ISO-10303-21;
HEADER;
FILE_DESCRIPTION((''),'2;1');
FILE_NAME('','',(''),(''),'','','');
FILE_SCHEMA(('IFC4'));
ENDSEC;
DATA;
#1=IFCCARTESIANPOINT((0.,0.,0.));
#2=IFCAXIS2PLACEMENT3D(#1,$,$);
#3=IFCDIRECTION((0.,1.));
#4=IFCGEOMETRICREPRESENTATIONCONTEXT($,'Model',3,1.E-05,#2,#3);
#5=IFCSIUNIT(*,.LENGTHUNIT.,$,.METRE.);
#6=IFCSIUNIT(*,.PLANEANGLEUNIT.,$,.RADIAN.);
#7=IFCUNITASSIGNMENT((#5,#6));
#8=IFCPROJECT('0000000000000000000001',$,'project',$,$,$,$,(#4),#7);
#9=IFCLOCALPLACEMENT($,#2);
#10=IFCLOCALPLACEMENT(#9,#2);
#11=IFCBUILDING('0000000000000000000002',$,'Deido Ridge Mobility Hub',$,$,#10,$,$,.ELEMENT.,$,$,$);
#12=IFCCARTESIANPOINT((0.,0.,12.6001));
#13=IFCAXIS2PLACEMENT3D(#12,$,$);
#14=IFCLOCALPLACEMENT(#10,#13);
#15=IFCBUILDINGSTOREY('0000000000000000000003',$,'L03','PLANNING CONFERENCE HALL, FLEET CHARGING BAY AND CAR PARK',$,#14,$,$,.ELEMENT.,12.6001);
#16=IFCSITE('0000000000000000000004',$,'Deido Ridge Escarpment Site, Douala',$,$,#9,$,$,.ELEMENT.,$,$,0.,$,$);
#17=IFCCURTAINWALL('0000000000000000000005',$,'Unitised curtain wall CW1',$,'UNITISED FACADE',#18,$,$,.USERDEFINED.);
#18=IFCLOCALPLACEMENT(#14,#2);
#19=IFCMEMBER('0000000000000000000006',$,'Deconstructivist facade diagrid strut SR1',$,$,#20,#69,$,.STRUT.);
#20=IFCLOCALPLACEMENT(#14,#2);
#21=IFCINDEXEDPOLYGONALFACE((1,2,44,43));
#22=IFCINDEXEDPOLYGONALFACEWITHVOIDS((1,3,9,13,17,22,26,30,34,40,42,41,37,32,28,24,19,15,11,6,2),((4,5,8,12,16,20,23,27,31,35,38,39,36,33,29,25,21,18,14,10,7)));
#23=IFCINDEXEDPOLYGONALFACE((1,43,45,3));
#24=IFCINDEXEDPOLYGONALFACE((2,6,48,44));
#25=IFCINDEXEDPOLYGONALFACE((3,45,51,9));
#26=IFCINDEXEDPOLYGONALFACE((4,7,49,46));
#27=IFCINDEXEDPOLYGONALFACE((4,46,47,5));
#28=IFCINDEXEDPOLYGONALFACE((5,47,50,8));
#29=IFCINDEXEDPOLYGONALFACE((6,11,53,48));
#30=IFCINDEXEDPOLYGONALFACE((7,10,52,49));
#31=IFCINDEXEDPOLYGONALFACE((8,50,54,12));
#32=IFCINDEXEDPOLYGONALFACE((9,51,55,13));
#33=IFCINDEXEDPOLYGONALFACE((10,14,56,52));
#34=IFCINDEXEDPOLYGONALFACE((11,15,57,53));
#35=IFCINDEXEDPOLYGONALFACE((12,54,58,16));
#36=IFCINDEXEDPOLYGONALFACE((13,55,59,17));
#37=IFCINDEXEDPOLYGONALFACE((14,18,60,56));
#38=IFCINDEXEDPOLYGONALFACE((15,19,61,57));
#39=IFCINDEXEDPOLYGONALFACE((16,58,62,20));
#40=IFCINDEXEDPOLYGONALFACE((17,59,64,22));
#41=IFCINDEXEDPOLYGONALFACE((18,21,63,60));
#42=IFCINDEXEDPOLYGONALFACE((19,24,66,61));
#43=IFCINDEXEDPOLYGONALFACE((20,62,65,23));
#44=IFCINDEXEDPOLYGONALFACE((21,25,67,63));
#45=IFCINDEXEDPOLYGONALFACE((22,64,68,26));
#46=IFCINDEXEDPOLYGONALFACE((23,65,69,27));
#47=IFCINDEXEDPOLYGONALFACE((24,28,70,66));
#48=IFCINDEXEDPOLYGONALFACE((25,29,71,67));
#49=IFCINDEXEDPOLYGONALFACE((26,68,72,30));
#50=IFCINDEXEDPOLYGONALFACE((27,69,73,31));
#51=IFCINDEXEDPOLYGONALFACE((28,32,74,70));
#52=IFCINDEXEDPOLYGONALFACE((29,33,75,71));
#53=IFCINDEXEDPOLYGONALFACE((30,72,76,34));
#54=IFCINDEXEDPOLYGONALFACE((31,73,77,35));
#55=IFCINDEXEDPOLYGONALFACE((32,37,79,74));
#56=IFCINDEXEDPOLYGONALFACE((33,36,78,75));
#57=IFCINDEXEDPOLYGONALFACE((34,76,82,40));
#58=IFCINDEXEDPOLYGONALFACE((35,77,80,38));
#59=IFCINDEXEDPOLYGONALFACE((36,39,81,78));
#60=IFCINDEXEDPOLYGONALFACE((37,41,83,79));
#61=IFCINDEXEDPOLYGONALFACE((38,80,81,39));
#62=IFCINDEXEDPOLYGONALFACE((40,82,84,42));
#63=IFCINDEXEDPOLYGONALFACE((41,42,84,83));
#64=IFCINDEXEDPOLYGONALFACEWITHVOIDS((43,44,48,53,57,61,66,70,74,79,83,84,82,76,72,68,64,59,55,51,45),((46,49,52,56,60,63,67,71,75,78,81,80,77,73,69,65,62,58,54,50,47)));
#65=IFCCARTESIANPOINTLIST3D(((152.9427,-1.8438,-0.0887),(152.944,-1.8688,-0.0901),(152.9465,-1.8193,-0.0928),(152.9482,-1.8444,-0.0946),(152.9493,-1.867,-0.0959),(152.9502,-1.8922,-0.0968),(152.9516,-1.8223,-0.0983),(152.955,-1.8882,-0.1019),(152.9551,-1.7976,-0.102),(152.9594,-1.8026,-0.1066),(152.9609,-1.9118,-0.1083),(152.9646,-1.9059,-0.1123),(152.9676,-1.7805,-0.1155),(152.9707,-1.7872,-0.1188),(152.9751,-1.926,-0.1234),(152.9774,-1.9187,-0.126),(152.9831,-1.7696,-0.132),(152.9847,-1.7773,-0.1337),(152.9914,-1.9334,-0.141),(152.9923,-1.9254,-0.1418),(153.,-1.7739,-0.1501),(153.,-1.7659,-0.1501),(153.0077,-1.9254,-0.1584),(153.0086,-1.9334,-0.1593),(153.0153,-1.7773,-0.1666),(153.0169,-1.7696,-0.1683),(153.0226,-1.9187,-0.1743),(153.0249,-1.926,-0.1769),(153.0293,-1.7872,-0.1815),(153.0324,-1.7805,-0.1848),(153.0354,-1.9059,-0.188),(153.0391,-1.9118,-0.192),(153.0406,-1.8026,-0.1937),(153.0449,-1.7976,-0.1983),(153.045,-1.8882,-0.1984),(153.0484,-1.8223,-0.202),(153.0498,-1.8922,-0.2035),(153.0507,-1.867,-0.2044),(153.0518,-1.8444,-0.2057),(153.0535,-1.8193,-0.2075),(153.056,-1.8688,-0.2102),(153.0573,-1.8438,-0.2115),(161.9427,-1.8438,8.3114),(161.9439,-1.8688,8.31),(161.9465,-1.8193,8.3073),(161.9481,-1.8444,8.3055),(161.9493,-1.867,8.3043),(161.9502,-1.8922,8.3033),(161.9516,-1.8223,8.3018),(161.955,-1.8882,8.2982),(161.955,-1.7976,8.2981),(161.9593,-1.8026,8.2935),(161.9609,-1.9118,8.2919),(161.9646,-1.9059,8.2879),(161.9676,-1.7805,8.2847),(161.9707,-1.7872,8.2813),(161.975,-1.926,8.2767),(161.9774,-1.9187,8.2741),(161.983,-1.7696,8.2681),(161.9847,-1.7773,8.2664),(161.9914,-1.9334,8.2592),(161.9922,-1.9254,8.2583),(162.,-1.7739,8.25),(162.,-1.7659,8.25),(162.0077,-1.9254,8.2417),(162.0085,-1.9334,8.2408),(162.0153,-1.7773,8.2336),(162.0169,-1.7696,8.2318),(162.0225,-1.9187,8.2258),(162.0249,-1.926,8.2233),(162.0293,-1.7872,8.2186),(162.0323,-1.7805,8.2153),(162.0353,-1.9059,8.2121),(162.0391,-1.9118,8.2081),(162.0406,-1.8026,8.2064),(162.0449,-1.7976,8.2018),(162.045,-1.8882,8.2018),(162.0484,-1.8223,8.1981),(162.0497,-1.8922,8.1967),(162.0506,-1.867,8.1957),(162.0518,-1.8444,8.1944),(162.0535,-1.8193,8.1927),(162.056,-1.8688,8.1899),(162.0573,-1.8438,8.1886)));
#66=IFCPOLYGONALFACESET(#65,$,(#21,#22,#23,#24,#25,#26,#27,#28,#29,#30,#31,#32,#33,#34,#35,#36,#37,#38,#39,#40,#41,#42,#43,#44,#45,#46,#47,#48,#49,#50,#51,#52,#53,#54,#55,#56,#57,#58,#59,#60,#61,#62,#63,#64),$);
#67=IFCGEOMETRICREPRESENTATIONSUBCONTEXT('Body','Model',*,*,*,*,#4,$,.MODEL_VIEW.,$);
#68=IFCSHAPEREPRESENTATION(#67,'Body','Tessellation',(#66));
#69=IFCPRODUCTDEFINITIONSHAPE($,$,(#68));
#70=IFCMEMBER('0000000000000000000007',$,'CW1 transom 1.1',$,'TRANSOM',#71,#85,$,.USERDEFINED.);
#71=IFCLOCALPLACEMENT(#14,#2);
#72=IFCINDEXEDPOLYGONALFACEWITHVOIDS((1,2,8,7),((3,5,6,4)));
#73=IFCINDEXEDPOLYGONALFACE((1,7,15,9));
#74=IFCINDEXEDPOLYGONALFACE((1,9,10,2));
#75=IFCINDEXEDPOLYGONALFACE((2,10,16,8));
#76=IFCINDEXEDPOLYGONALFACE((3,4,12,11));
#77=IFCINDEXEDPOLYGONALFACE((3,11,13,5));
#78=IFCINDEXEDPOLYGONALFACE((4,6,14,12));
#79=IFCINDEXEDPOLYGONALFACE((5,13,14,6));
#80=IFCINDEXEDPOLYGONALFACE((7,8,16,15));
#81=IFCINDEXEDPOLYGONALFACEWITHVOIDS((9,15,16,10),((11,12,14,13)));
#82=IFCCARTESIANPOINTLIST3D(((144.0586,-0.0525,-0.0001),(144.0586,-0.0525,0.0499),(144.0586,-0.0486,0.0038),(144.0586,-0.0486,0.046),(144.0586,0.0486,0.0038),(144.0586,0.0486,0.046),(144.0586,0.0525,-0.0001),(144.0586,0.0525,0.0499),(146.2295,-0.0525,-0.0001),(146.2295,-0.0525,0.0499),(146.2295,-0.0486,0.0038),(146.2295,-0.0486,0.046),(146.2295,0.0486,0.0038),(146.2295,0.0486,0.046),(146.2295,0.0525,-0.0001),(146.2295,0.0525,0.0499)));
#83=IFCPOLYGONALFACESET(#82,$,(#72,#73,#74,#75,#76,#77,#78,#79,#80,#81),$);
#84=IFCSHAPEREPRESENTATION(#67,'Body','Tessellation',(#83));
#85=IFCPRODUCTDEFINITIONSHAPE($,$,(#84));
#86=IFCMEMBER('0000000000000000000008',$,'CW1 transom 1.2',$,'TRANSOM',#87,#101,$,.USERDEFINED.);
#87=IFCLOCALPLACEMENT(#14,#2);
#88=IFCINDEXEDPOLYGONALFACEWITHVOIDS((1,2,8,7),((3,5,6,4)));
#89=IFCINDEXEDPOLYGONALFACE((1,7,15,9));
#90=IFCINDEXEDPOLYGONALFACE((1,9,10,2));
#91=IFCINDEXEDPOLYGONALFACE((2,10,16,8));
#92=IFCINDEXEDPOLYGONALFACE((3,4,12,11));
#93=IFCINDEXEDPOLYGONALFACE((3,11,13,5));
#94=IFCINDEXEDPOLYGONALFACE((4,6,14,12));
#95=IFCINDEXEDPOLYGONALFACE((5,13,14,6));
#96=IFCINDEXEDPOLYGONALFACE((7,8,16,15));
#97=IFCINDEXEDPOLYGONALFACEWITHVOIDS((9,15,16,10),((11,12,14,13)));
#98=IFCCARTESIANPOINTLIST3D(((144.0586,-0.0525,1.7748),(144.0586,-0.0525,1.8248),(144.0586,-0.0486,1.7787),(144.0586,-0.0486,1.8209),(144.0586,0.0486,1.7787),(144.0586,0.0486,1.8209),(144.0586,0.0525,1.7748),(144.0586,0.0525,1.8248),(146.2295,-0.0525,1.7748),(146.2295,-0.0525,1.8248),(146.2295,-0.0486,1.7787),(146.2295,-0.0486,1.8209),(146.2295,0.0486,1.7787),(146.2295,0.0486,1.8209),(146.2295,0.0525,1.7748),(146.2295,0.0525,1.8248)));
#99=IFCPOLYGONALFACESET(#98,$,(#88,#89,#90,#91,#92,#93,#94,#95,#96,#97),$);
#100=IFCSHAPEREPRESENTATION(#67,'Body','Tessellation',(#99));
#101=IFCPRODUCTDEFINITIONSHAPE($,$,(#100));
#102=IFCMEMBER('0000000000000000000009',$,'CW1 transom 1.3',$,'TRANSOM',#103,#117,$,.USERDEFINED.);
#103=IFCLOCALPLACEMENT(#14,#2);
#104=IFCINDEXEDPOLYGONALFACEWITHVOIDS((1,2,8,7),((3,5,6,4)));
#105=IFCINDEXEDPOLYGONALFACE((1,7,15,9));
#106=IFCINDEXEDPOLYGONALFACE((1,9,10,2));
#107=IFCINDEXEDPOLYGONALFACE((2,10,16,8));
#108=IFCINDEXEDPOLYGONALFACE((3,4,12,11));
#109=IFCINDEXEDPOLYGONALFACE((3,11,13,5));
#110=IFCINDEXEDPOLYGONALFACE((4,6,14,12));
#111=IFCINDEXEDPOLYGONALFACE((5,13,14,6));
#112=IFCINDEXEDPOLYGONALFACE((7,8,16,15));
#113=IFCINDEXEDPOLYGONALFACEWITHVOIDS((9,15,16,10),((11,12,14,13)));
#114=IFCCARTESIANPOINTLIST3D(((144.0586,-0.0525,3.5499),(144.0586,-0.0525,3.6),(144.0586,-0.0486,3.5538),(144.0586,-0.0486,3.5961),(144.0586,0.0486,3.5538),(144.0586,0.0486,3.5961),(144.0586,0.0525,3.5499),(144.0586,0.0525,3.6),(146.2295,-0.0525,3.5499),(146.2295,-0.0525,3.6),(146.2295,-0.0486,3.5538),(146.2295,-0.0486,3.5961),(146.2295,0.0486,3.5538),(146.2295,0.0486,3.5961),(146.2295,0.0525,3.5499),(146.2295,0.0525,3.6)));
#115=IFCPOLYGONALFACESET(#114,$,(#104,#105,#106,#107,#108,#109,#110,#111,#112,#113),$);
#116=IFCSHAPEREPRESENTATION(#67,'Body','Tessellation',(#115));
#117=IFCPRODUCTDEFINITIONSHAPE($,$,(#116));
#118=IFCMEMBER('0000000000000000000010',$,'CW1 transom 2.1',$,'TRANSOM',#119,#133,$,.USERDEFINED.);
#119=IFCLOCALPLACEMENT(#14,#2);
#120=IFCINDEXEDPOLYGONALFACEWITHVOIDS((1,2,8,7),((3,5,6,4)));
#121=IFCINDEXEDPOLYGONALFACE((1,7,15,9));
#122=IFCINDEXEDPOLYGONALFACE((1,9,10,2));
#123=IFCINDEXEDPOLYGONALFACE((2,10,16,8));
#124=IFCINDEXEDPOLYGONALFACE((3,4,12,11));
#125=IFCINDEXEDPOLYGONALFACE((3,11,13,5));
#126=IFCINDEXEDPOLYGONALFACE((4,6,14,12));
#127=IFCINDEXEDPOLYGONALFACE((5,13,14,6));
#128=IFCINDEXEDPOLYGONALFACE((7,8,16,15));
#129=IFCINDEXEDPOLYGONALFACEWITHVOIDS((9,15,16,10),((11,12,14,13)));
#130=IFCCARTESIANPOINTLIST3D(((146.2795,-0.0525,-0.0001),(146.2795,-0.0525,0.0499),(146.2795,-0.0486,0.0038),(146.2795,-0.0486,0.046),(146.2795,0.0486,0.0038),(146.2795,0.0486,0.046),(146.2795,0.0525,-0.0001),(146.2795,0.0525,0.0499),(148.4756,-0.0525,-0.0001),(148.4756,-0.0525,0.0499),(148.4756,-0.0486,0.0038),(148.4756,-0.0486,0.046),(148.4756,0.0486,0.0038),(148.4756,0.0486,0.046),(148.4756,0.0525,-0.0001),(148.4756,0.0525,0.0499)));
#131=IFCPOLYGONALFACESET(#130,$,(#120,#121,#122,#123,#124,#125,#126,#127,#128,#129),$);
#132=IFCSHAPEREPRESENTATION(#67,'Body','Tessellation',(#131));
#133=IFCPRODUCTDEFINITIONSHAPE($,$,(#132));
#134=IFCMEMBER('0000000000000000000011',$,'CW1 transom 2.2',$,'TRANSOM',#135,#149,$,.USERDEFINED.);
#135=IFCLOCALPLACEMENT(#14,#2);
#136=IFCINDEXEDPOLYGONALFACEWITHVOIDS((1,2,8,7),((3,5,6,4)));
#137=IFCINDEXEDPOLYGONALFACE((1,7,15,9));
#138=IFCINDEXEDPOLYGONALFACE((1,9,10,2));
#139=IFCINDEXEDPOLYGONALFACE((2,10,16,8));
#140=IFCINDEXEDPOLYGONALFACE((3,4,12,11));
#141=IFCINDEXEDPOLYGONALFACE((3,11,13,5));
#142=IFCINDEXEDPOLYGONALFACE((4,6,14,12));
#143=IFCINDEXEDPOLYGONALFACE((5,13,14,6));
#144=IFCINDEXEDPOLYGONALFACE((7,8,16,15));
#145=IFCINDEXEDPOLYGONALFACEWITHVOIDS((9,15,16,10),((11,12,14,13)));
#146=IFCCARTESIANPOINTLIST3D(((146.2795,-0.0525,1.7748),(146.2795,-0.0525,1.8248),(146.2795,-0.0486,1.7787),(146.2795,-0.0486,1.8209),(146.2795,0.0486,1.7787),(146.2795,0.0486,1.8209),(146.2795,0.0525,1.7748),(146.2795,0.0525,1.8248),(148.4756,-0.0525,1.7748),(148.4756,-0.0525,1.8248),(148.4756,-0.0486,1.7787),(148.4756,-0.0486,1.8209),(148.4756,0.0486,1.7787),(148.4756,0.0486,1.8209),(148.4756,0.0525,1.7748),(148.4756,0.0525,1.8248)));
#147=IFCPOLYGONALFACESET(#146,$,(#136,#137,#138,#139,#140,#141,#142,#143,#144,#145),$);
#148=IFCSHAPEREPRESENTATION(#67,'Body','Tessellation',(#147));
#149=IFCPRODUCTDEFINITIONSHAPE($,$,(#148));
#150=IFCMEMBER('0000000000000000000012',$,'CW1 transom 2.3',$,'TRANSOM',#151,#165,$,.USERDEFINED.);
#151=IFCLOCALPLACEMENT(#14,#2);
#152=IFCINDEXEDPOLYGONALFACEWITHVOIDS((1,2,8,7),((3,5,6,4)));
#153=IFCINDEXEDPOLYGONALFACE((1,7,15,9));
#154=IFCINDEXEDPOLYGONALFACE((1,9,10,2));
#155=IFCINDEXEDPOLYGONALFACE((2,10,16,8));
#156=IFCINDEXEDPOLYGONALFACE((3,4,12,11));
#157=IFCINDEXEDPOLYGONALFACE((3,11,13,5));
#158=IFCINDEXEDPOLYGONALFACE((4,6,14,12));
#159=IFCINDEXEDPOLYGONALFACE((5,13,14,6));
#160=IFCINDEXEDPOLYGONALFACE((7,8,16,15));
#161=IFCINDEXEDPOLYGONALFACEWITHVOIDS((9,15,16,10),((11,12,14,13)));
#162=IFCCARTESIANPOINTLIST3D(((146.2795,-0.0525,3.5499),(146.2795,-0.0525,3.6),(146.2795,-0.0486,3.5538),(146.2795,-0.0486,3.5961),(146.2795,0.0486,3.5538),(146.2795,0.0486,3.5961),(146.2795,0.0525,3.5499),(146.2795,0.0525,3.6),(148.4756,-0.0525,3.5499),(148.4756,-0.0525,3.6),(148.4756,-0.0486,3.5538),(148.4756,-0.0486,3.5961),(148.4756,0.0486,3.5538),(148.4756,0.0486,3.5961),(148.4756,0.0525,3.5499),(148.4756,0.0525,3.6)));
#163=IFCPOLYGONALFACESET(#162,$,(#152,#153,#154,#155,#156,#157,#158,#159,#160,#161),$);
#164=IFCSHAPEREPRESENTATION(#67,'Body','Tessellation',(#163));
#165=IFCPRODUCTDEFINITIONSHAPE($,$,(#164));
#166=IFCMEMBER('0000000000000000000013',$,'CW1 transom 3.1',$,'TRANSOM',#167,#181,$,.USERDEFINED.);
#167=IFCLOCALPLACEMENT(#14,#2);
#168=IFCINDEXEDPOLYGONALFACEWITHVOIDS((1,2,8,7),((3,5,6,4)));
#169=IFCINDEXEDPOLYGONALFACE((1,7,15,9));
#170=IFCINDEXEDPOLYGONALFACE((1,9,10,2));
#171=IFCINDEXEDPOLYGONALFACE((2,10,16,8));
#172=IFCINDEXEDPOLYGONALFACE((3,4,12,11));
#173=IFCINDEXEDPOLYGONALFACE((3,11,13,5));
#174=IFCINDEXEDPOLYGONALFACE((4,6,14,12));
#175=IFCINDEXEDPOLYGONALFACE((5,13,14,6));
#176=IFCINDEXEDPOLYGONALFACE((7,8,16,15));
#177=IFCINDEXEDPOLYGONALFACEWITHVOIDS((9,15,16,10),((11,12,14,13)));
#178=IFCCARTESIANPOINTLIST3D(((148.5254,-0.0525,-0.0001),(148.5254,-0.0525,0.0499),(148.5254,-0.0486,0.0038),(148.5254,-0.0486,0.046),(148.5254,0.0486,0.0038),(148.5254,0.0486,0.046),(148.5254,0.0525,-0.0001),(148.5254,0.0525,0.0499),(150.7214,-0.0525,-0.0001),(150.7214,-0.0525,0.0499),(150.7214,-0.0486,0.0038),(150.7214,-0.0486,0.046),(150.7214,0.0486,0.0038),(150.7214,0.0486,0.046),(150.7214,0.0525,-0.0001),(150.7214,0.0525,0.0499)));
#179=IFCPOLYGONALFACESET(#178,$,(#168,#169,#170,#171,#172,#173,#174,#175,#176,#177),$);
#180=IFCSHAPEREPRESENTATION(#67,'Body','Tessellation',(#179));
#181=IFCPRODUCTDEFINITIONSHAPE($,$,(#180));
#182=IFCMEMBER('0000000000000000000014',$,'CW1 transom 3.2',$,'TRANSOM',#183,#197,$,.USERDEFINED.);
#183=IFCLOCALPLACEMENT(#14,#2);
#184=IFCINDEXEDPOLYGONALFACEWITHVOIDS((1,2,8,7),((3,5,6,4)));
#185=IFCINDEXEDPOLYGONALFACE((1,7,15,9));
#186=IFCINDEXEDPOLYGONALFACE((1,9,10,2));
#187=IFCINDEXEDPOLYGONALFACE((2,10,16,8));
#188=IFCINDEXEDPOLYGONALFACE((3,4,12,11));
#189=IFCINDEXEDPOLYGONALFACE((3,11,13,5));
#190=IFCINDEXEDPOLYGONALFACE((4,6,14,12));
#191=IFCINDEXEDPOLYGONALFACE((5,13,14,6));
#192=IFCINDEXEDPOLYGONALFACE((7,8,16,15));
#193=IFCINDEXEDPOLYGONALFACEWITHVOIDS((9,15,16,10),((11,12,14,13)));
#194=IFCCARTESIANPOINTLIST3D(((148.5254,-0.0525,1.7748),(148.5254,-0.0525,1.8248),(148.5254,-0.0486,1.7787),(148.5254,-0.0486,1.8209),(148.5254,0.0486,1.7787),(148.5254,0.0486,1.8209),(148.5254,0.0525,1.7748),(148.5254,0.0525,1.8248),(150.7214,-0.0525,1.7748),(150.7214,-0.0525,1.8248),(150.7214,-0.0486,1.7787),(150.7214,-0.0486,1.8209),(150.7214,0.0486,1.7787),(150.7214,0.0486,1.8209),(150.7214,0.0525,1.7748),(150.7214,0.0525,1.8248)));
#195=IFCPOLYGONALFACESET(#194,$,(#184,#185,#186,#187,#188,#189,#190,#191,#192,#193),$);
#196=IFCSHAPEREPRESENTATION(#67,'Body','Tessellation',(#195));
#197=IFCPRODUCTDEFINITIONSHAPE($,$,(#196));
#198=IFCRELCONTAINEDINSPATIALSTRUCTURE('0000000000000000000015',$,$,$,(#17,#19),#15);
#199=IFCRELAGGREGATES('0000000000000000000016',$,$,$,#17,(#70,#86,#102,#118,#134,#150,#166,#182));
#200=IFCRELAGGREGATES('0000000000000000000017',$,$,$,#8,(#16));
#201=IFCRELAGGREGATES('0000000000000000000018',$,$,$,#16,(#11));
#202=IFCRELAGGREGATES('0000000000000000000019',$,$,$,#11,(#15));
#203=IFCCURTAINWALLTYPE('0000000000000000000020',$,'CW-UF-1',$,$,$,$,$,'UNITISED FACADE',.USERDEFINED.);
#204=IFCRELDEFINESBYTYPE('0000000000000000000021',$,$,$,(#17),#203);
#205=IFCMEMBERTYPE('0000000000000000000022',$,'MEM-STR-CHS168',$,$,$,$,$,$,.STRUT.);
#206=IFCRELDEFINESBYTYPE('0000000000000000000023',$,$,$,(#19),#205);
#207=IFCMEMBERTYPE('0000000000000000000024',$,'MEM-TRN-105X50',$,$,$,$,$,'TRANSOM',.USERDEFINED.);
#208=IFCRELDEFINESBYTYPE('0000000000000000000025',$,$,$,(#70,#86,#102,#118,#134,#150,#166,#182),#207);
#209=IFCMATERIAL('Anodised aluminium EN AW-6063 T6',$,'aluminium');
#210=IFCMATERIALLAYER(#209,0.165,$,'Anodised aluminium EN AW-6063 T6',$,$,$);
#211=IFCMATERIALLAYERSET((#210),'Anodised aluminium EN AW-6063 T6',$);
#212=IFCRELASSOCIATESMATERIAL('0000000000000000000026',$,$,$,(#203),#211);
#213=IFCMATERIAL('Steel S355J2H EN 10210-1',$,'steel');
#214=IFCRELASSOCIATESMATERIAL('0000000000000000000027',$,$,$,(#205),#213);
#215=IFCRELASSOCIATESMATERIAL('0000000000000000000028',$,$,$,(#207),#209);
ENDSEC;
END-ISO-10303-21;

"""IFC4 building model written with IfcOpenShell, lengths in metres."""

from ifc_helpers import new_model, si_unit, direction, frame, origin, origin_2d, place, context, subcontext, project, spatial, hollow_rectangle, hollow_circle, extrude, material, layer, layer_set, material_profile, profile_set, type_object, element, aggregate, save


model = new_model("IFC4")

# Units and contexts
model_context = context("Model", 3, precision=1e-05, world=origin(), true_north=direction((0.0, 1.0)))
body_context = subcontext(model_context, "Body", "Model", "MODEL_VIEW")
ifc_project = project(units=[si_unit("LENGTHUNIT", "METRE"), si_unit("PLANEANGLEUNIT", "RADIAN")], contexts=[model_context])

# Site, building, storey
site_placement = place(None, origin())
site = spatial("IfcSite", under=ifc_project, at=site_placement, Name="Deido Ridge Escarpment Site, Douala", CompositionType="ELEMENT", RefElevation=0.0)
building_placement = place(site_placement, origin())
building = spatial("IfcBuilding", under=site, at=building_placement, Name="Deido Ridge Mobility Hub", CompositionType="ELEMENT")
storey_placement = place(building_placement, frame((0.0, 0.0, 12.6001)))
storey = spatial("IfcBuildingStorey", under=building, at=storey_placement, Name="L03", Description="PLANNING CONFERENCE HALL, FLEET CHARGING BAY AND CAR PARK", CompositionType="ELEMENT", Elevation=12.6001)

# Curtain wall
ifc_material_1 = material(Name="Anodised aluminium EN AW-6063 T6", Category="aluminium")
ifc_layer_1 = layer(ifc_material_1, 0.165, Name="Anodised aluminium EN AW-6063 T6")
ifc_layer_set_1 = layer_set([ifc_layer_1], Name="Anodised aluminium EN AW-6063 T6")
curtain_wall_type = type_object("IfcCurtainWallType", Name="CW-UF-1", ElementType="UNITISED FACADE", PredefinedType="USERDEFINED", material=ifc_layer_set_1)
curtain_wall_placement = place(storey_placement, origin())
curtain_wall = element("IfcCurtainWall", 1, at=curtain_wall_placement, inside=storey, type_object=curtain_wall_type, Name="Unitised curtain wall CW1", ObjectType="UNITISED FACADE", PredefinedType="USERDEFINED")

# Member
ifc_material_2 = material(Name="Steel S355J2H EN 10210-1", Category="steel")
ifc_material_profile_1 = material_profile(ifc_material_2, hollow_circle(Radius=0.0842, WallThickness=0.0081, at=origin_2d()), Name="CHS 168.3x8")
ifc_profile_set_1 = profile_set([ifc_material_profile_1], Name="Steel S355J2H EN 10210-1")
member_type_1 = type_object("IfcMemberType", Name="MEM-STR-CHS168", PredefinedType="STRUT", material=ifc_profile_set_1)
for number, where, z_axis, x_axis, name in (
    (2, (153.0, -1.8501, -0.1501), (0.731049, 0.0, 0.682325), (0.0, 1.0, 0.0), "Deconstructivist facade diagrid strut SR1"),
):
    element("IfcMember", number, at=place(storey_placement, frame(where, z_axis=z_axis, x_axis=x_axis)), inside=storey, type_object=member_type_1, Name=name, PredefinedType="STRUT", context=body_context, shape_type="SweptSolid", body=[
        extrude(hollow_circle(Radius=0.0842, WallThickness=0.0081, at=origin_2d()), origin(), (0.0, 0.0, 1.0), 12.311),
    ])

# Members
ifc_material_profile_2 = material_profile(ifc_material_1, hollow_rectangle(XDim=0.105, YDim=0.05, WallThickness=0.0039, at=origin_2d()), Name="RHS 105x50x4")
ifc_profile_set_2 = profile_set([ifc_material_profile_2], Name="Anodised aluminium EN AW-6063 T6")
member_type_2 = type_object("IfcMemberType", Name="MEM-TRN-105X50", ElementType="TRANSOM", PredefinedType="USERDEFINED", material=ifc_profile_set_2)
member_1_placement = place(storey_placement, frame((144.0586, 0.0, 0.0249), z_axis=(1.0, 0.0, 0.0), x_axis=(0.0, 1.0, 0.0)))
member_1 = element("IfcMember", 3, at=member_1_placement, type_object=member_type_2, Name="CW1 transom 1.1", ObjectType="TRANSOM", PredefinedType="USERDEFINED", context=body_context, shape_type="SweptSolid", body=[
    extrude(hollow_rectangle(XDim=0.105, YDim=0.05, WallThickness=0.0039, at=origin_2d()), origin(), (0.0, 0.0, 1.0), 2.1709),
])
member_2_placement = place(storey_placement, frame((144.0586, 0.0, 1.7998), z_axis=(1.0, 0.0, 0.0), x_axis=(0.0, 1.0, 0.0)))
member_2 = element("IfcMember", 4, at=member_2_placement, type_object=member_type_2, Name="CW1 transom 1.2", ObjectType="TRANSOM", PredefinedType="USERDEFINED", context=body_context, shape_type="SweptSolid", body=[
    extrude(hollow_rectangle(XDim=0.105, YDim=0.05, WallThickness=0.0039, at=origin_2d()), origin(), (0.0, 0.0, 1.0), 2.1709),
])
member_3_placement = place(storey_placement, frame((144.0586, 0.0, 3.575), z_axis=(1.0, 0.0, 0.0), x_axis=(0.0, 1.0, 0.0)))
member_3 = element("IfcMember", 5, at=member_3_placement, type_object=member_type_2, Name="CW1 transom 1.3", ObjectType="TRANSOM", PredefinedType="USERDEFINED", context=body_context, shape_type="SweptSolid", body=[
    extrude(hollow_rectangle(XDim=0.105, YDim=0.05, WallThickness=0.0039, at=origin_2d()), origin(), (0.0, 0.0, 1.0), 2.1709),
])
member_4_placement = place(storey_placement, frame((146.2795, 0.0, 0.0249), z_axis=(1.0, 0.0, 0.0), x_axis=(0.0, 1.0, 0.0)))
member_4 = element("IfcMember", 6, at=member_4_placement, type_object=member_type_2, Name="CW1 transom 2.1", ObjectType="TRANSOM", PredefinedType="USERDEFINED", context=body_context, shape_type="SweptSolid", body=[
    extrude(hollow_rectangle(XDim=0.105, YDim=0.05, WallThickness=0.0039, at=origin_2d()), origin(), (0.0, 0.0, 1.0), 2.196),
])
member_5_placement = place(storey_placement, frame((146.2795, 0.0, 1.7998), z_axis=(1.0, 0.0, 0.0), x_axis=(0.0, 1.0, 0.0)))
member_5 = element("IfcMember", 7, at=member_5_placement, type_object=member_type_2, Name="CW1 transom 2.2", ObjectType="TRANSOM", PredefinedType="USERDEFINED", context=body_context, shape_type="SweptSolid", body=[
    extrude(hollow_rectangle(XDim=0.105, YDim=0.05, WallThickness=0.0039, at=origin_2d()), origin(), (0.0, 0.0, 1.0), 2.196),
])
member_6_placement = place(storey_placement, frame((146.2795, 0.0, 3.575), z_axis=(1.0, 0.0, 0.0), x_axis=(0.0, 1.0, 0.0)))
member_6 = element("IfcMember", 8, at=member_6_placement, type_object=member_type_2, Name="CW1 transom 2.3", ObjectType="TRANSOM", PredefinedType="USERDEFINED", context=body_context, shape_type="SweptSolid", body=[
    extrude(hollow_rectangle(XDim=0.105, YDim=0.05, WallThickness=0.0039, at=origin_2d()), origin(), (0.0, 0.0, 1.0), 2.196),
])
member_7_placement = place(storey_placement, frame((148.5254, 0.0, 0.0249), z_axis=(1.0, 0.0, 0.0), x_axis=(0.0, 1.0, 0.0)))
member_7 = element("IfcMember", 9, at=member_7_placement, type_object=member_type_2, Name="CW1 transom 3.1", ObjectType="TRANSOM", PredefinedType="USERDEFINED", context=body_context, shape_type="SweptSolid", body=[
    extrude(hollow_rectangle(XDim=0.105, YDim=0.05, WallThickness=0.0039, at=origin_2d()), origin(), (0.0, 0.0, 1.0), 2.196),
])
member_8_placement = place(storey_placement, frame((148.5254, 0.0, 1.7998), z_axis=(1.0, 0.0, 0.0), x_axis=(0.0, 1.0, 0.0)))
member_8 = element("IfcMember", 10, at=member_8_placement, type_object=member_type_2, Name="CW1 transom 3.2", ObjectType="TRANSOM", PredefinedType="USERDEFINED", context=body_context, shape_type="SweptSolid", body=[
    extrude(hollow_rectangle(XDim=0.105, YDim=0.05, WallThickness=0.0039, at=origin_2d()), origin(), (0.0, 0.0, 1.0), 2.196),
])

aggregate(curtain_wall, [member_1, member_2, member_3, member_4, member_5, member_6, member_7, member_8])

save(model, "model.ifc")
